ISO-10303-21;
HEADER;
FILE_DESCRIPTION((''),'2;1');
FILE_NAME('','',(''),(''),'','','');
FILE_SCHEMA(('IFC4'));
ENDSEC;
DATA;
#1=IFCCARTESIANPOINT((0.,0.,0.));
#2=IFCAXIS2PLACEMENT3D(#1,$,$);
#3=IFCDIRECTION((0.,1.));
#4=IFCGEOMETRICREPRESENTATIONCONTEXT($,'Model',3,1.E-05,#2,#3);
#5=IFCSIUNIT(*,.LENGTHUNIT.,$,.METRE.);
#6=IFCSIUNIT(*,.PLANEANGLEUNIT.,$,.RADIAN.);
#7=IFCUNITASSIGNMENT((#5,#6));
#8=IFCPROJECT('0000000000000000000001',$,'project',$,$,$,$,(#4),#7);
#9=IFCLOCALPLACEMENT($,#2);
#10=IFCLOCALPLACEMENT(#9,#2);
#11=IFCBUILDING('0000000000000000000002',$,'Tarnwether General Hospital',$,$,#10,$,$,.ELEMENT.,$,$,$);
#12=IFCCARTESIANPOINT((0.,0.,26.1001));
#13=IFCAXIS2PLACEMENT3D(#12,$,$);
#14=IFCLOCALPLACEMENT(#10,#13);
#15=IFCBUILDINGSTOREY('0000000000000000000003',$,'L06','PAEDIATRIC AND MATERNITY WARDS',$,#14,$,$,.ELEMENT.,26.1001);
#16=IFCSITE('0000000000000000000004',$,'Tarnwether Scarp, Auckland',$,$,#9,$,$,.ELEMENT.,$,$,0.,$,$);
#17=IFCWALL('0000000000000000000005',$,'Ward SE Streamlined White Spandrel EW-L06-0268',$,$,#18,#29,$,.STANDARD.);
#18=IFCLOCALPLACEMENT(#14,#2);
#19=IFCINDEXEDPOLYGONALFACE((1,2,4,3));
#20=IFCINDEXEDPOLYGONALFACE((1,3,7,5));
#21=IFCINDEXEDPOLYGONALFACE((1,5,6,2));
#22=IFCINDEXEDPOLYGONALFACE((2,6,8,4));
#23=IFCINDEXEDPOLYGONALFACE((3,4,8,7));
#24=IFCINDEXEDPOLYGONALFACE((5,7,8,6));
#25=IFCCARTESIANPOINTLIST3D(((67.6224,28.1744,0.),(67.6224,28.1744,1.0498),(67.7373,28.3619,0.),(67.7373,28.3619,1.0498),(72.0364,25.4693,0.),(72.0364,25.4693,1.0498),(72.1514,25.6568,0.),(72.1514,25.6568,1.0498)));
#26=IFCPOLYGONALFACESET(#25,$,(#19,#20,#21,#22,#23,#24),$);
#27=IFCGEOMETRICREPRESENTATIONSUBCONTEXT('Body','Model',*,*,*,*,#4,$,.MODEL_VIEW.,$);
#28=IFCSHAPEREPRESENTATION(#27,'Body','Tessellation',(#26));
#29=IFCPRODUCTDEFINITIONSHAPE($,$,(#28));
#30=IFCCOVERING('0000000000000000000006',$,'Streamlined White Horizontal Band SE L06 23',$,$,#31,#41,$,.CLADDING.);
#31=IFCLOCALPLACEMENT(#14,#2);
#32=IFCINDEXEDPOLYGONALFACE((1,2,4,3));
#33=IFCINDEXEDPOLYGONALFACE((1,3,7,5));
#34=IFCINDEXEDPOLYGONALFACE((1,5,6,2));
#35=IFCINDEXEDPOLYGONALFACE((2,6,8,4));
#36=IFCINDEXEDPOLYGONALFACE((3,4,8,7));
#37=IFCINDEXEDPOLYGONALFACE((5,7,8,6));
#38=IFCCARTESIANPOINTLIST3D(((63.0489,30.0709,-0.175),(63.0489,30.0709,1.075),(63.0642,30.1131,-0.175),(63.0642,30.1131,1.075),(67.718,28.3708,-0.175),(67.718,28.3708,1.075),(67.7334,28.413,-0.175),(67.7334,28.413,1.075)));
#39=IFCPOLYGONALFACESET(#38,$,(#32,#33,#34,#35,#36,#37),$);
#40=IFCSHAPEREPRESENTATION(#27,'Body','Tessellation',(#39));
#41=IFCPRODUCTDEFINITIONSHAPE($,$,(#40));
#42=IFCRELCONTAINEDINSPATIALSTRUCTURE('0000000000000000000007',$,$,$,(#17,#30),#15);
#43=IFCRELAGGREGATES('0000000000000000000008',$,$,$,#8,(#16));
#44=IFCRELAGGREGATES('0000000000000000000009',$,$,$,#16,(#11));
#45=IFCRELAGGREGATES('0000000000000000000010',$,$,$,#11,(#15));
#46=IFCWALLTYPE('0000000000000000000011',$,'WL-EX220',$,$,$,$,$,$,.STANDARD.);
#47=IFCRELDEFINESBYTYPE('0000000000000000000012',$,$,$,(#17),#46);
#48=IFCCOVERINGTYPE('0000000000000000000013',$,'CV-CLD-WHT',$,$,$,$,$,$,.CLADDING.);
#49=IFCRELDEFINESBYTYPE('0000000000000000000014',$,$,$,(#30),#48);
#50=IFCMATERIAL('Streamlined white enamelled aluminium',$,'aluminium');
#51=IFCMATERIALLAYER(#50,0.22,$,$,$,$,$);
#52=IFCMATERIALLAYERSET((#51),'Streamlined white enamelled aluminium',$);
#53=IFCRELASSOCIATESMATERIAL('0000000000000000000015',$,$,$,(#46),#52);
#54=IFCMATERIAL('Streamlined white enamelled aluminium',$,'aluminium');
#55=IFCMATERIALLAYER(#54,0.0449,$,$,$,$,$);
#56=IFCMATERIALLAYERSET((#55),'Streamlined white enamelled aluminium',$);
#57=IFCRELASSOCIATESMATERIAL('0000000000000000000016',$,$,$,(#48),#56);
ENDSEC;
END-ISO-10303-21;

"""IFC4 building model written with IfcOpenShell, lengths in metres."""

from ifc_helpers import new_model, si_unit, direction, frame, frame_2d, origin, origin_2d, place, context, subcontext, project, spatial, rectangle, extrude, material, layer, layer_set, type_object, element, save


model = new_model("IFC4")

# Units and contexts
model_context = context("Model", 3, precision=1e-05, world=origin(), true_north=direction((0.0, 1.0)))
body_context = subcontext(model_context, "Body", "Model", "MODEL_VIEW")
ifc_project = project(units=[si_unit("LENGTHUNIT", "METRE"), si_unit("PLANEANGLEUNIT", "RADIAN")], contexts=[model_context])

# Site, building, storey
site_placement = place(None, origin())
site = spatial("IfcSite", under=ifc_project, at=site_placement, Name="Tarnwether Scarp, Auckland", CompositionType="ELEMENT", RefElevation=0.0)
building_placement = place(site_placement, origin())
building = spatial("IfcBuilding", under=site, at=building_placement, Name="Tarnwether General Hospital", CompositionType="ELEMENT")
storey_placement = place(building_placement, frame((0.0, 0.0, 26.1001)))
storey = spatial("IfcBuildingStorey", under=building, at=storey_placement, Name="L06", Description="PAEDIATRIC AND MATERNITY WARDS", CompositionType="ELEMENT", Elevation=26.1001)

# Wall
ifc_material_1 = material(Name="Streamlined white enamelled aluminium", Category="aluminium")
ifc_layer_1 = layer(ifc_material_1, 0.22)
ifc_layer_set_1 = layer_set([ifc_layer_1], Name="Streamlined white enamelled aluminium")
wall_type = type_object("IfcWallType", Name="WL-EX220", PredefinedType="STANDARD", material=ifc_layer_set_1)
wall_placement = place(storey_placement, frame((67.6799, 28.2681, 0.0), z_axis=(0.0, 0.0, 1.0), x_axis=(0.852628, -0.522518, 0.0)))
element("IfcWall", 1, at=wall_placement, inside=storey, type_object=wall_type, Name="Ward SE Streamlined White Spandrel EW-L06-0268", PredefinedType="STANDARD", context=body_context, shape_type="SweptSolid", body=[
    extrude(rectangle(XDim=5.177, YDim=0.22, at=frame_2d((2.5884, 0.0))), origin(), (0.0, 0.0, 1.0), 1.0498),
])

# Covering
ifc_material_2 = material(Name="Streamlined white enamelled aluminium", Category="aluminium")
ifc_layer_2 = layer(ifc_material_2, 0.0449)
ifc_layer_set_2 = layer_set([ifc_layer_2], Name="Streamlined white enamelled aluminium")
covering_type = type_object("IfcCoveringType", Name="CV-CLD-WHT", PredefinedType="CLADDING", material=ifc_layer_set_2)
covering_placement = place(storey_placement, frame((65.3911, 29.2419, -0.175), z_axis=(0.0, 0.0, 1.0), x_axis=(0.939651, -0.342135, 0.0)))
element("IfcCovering", 2, at=covering_placement, inside=storey, type_object=covering_type, Name="Streamlined White Horizontal Band SE L06 23", PredefinedType="CLADDING", context=body_context, shape_type="SweptSolid", body=[
    extrude(rectangle(XDim=4.969, YDim=0.0449, at=origin_2d()), origin(), (0.0, 0.0, 1.0), 1.25),
])

save(model, "model.ifc")
